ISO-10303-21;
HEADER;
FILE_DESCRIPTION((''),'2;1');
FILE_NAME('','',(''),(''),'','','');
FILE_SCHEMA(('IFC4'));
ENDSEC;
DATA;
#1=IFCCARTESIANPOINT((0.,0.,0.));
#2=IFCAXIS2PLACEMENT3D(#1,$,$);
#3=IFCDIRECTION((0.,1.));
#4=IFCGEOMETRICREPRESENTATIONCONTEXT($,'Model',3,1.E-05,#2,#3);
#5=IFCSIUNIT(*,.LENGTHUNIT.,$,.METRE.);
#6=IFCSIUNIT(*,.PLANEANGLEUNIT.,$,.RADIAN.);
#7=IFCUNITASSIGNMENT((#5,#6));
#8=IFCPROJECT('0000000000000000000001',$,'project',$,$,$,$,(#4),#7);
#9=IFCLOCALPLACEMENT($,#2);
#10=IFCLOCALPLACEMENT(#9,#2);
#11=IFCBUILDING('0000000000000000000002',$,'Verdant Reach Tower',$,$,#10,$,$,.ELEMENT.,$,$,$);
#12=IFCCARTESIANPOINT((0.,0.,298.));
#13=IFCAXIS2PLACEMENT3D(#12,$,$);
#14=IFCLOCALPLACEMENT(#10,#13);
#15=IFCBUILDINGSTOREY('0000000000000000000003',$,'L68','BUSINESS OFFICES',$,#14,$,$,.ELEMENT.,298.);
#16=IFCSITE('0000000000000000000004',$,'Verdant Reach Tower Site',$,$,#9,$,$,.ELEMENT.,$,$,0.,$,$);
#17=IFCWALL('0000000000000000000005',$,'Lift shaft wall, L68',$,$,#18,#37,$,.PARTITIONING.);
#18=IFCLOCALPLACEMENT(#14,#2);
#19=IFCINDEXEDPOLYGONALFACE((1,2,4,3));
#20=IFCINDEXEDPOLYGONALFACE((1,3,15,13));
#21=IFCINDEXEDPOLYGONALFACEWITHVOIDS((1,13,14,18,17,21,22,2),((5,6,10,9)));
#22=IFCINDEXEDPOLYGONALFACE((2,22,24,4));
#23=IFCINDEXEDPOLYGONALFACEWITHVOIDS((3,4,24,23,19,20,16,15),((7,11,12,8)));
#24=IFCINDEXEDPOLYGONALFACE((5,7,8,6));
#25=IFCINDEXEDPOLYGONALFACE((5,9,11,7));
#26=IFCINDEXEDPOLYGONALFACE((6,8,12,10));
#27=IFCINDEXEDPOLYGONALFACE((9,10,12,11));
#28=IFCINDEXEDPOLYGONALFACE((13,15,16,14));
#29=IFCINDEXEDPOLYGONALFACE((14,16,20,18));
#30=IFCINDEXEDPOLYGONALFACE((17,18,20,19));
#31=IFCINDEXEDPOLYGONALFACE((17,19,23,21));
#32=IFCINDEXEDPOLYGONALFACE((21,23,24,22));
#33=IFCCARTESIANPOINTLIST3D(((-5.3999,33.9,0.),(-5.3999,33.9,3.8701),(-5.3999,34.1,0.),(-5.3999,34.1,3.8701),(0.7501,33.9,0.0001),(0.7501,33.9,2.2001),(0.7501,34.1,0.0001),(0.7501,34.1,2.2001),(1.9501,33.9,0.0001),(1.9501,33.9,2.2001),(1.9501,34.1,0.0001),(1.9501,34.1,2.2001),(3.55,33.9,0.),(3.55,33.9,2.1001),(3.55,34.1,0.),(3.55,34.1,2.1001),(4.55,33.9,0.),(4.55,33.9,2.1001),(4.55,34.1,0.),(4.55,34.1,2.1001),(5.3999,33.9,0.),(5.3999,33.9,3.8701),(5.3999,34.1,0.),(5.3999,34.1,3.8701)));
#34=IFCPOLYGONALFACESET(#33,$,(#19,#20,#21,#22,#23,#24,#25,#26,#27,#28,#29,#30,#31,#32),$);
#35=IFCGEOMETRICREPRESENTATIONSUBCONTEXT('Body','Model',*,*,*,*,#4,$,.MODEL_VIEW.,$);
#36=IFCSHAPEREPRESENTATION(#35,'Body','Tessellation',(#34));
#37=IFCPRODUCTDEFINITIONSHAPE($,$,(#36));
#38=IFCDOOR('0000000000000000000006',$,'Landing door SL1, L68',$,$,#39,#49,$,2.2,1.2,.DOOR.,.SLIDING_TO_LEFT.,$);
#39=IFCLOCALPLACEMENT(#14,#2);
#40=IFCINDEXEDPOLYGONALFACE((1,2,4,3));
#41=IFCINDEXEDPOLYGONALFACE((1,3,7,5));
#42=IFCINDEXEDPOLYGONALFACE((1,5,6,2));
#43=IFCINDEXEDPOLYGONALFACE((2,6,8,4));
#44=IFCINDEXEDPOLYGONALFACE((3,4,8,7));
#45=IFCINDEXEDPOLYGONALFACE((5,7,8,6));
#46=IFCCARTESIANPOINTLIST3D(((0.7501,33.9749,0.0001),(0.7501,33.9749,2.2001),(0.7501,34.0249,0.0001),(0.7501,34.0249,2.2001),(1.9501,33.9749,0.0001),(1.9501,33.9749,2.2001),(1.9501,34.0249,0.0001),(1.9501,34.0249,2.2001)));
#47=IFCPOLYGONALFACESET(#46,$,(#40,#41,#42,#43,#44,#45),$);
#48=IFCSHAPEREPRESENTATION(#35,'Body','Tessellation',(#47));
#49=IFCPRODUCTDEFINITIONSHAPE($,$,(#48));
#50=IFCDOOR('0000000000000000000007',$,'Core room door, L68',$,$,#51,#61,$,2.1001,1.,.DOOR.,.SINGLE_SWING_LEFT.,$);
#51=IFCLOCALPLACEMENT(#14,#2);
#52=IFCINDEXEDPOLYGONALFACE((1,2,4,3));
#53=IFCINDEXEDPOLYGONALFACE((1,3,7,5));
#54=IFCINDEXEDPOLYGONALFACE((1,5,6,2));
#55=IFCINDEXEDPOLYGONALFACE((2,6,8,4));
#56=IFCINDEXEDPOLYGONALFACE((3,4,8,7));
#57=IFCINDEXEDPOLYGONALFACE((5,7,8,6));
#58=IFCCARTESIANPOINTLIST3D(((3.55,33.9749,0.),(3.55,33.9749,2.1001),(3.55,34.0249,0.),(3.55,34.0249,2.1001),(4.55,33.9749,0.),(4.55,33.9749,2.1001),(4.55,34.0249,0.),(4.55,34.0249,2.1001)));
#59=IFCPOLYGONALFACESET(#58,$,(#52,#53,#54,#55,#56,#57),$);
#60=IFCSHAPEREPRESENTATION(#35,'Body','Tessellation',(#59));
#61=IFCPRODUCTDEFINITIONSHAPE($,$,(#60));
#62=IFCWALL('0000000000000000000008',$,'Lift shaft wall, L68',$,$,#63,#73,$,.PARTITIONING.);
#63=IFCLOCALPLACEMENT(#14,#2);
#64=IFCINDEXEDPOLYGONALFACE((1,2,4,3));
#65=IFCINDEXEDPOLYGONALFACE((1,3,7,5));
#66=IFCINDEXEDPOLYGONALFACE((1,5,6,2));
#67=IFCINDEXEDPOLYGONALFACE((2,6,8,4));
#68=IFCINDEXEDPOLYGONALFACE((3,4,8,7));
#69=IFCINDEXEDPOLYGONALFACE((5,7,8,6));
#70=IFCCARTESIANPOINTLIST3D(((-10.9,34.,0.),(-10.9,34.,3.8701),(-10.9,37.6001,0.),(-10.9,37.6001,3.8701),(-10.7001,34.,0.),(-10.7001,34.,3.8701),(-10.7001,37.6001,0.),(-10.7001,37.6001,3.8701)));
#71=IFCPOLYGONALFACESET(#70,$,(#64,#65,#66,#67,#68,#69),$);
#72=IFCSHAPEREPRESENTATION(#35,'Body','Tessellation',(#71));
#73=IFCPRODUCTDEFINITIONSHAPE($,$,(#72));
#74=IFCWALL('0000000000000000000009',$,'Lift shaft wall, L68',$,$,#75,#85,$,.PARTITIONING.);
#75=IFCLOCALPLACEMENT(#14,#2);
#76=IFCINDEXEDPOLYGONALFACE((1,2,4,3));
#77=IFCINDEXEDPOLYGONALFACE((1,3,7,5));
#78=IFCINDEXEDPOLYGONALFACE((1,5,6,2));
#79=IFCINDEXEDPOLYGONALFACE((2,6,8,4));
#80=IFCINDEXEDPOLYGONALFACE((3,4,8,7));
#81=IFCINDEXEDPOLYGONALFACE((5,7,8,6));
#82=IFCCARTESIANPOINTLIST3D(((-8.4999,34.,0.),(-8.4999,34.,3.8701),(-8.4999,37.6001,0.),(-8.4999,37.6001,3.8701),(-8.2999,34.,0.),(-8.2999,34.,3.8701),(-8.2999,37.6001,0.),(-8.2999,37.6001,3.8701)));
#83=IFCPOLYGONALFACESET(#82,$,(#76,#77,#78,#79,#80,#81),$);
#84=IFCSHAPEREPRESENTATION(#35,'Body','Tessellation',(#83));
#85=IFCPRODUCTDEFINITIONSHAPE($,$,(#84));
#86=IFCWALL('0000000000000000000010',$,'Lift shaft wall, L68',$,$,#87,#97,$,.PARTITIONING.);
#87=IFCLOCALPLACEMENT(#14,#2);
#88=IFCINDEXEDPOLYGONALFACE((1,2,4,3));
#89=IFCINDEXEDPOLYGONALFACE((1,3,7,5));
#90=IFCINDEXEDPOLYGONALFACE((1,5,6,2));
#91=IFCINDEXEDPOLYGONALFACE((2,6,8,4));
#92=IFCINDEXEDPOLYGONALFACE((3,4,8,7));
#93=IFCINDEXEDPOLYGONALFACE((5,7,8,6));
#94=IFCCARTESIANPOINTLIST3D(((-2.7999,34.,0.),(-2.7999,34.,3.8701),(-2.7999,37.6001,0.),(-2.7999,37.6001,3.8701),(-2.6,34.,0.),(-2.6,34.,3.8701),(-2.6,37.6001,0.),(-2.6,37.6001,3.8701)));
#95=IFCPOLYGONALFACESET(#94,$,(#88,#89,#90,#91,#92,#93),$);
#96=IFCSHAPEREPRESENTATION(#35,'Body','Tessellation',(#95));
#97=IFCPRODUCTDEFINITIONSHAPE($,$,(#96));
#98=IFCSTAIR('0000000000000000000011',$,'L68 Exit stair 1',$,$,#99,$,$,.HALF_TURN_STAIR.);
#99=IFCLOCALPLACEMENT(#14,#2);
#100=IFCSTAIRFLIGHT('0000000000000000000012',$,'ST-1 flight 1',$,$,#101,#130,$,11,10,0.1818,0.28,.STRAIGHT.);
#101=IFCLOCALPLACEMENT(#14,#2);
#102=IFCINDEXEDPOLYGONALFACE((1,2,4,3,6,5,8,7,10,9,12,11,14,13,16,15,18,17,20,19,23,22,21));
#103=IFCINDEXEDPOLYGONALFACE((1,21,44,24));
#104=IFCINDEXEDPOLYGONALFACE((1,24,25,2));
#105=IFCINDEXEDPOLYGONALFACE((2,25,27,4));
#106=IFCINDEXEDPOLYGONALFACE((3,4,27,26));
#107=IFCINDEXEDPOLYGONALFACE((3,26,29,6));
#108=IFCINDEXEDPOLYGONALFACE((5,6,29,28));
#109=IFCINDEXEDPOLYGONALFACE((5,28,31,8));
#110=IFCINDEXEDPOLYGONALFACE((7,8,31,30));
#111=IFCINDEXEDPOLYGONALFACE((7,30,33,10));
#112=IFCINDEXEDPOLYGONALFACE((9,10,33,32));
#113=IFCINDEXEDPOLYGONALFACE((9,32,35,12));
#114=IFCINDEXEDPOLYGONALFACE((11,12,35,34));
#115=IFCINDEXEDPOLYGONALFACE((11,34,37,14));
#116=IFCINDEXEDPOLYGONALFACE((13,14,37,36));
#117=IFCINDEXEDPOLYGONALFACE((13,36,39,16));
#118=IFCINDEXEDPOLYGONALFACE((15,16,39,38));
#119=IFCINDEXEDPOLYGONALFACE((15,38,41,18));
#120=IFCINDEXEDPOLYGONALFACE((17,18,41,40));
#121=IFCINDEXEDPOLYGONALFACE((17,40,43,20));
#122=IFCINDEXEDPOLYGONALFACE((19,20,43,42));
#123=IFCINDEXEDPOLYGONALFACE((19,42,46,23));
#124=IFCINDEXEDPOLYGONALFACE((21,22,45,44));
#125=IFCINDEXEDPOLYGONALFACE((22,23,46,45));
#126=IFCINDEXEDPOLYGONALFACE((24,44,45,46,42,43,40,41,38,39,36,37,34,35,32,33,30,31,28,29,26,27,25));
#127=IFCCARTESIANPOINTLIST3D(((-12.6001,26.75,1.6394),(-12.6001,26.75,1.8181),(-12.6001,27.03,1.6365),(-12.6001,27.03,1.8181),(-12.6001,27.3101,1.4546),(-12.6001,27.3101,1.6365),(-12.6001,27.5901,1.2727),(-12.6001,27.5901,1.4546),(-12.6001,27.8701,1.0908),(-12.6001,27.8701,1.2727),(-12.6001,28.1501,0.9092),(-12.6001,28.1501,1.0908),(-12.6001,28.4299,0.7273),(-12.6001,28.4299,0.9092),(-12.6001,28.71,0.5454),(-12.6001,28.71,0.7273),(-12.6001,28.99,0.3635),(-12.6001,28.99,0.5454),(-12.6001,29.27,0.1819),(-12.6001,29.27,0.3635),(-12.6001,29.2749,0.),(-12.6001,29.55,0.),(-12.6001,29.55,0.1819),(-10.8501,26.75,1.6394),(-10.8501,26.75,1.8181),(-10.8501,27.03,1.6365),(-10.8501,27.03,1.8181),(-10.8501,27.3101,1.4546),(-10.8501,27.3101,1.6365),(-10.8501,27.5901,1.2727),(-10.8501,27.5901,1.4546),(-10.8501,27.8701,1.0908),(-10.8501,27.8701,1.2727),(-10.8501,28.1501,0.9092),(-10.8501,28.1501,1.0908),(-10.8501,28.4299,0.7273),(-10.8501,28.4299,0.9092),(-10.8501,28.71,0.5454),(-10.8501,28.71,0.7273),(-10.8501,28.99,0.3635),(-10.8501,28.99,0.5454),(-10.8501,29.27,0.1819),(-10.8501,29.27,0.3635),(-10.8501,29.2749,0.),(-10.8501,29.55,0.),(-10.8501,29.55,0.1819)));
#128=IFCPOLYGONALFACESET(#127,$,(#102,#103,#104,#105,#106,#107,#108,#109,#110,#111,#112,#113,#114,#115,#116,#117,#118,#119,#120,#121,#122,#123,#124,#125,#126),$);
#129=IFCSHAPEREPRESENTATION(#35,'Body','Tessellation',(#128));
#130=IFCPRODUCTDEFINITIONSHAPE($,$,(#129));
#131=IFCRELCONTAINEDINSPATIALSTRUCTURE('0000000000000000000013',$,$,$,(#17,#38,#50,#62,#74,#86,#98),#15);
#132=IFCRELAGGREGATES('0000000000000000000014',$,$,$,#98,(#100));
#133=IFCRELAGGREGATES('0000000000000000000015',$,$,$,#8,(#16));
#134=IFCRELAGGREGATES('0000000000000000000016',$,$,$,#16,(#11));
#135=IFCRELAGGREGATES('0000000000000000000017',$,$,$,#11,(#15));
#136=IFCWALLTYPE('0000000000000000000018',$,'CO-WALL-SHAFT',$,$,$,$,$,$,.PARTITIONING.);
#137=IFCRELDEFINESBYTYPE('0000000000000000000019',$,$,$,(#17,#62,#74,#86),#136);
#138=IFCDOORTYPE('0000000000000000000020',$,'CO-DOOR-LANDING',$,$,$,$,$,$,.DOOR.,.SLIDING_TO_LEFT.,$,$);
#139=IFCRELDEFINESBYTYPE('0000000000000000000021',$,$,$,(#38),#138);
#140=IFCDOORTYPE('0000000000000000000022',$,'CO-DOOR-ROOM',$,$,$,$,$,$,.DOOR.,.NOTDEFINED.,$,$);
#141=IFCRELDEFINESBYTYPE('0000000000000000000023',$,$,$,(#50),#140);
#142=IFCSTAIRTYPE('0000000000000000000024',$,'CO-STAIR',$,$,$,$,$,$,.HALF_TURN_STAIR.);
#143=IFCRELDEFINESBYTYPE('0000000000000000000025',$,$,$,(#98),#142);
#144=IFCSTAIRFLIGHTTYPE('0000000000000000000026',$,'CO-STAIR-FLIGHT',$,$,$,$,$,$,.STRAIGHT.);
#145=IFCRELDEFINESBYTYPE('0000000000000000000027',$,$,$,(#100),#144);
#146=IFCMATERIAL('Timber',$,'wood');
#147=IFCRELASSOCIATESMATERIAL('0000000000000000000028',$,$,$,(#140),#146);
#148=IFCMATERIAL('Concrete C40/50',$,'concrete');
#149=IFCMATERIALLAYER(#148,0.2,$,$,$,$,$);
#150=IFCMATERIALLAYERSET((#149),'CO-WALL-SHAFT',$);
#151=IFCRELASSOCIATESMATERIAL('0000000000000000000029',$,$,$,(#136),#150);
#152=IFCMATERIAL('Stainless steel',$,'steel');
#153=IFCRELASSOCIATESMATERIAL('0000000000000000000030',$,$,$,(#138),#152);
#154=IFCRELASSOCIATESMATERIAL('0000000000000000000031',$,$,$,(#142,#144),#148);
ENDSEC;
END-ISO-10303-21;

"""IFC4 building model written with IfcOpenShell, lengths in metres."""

from ifc_helpers import new_model, si_unit, direction, frame, frame_2d, origin, place, context, subcontext, project, spatial, polyline, rectangle, outline, extrude, material, layer, layer_set, type_object, element, fill, aggregate, save


model = new_model("IFC4")

# Units and contexts
model_context = context("Model", 3, precision=1e-05, world=origin(), true_north=direction((0.0, 1.0)))
body_context = subcontext(model_context, "Body", "Model", "MODEL_VIEW")
ifc_project = project(units=[si_unit("LENGTHUNIT", "METRE"), si_unit("PLANEANGLEUNIT", "RADIAN")], contexts=[model_context])

# Site, building, storey
site_placement = place(None, origin())
site = spatial("IfcSite", under=ifc_project, at=site_placement, Name="Verdant Reach Tower Site", CompositionType="ELEMENT", RefElevation=0.0)
building_placement = place(site_placement, origin())
building = spatial("IfcBuilding", under=site, at=building_placement, Name="Verdant Reach Tower", CompositionType="ELEMENT")
storey_placement = place(building_placement, frame((0.0, 0.0, 298.0)))
storey = spatial("IfcBuildingStorey", under=building, at=storey_placement, Name="L68", Description="BUSINESS OFFICES", CompositionType="ELEMENT", Elevation=298.0)

# Wall, openings, doors
ifc_material_1 = material(Name="Timber", Category="wood")
door_type_1 = type_object("IfcDoorType", Name="CO-DOOR-ROOM", OperationType="NOTDEFINED", PredefinedType="DOOR", material=ifc_material_1)
ifc_material_2 = material(Name="Concrete C40/50", Category="concrete")
ifc_layer_1 = layer(ifc_material_2, 0.2)
ifc_layer_set_1 = layer_set([ifc_layer_1], Name="CO-WALL-SHAFT")
wall_type_1 = type_object("IfcWallType", Name="CO-WALL-SHAFT", PredefinedType="PARTITIONING", material=ifc_layer_set_1)
ifc_material_3 = material(Name="Stainless steel", Category="steel")
wall_1_placement = place(storey_placement, frame((-5.3999, 34.0, 0.0), z_axis=(0.0, 0.0, 1.0), x_axis=(1.0, 0.0, 0.0)))
wall_1 = element("IfcWall", 1, at=wall_1_placement, inside=storey, type_object=wall_type_1, Name="Lift shaft wall, L68", PredefinedType="PARTITIONING", context=body_context, shape_type="SweptSolid", body=[
    extrude(rectangle(XDim=10.7998, YDim=0.2, at=frame_2d((5.3999, 0.0))), origin(), (0.0, 0.0, 1.0), 3.8701),
])
opening_1_placement = place(wall_1_placement, frame((6.1499, 0.0, 0.0)))
opening_1 = element("IfcOpeningElement", 2, at=opening_1_placement, cuts=wall_1, PredefinedType="OPENING", context=body_context, shape_type="SweptSolid", body=[
    extrude(rectangle(XDim=1.2, YDim=2.2, at=frame_2d((0.6001, 1.1001))), frame((0.0, 0.1099, 0.0), z_axis=(0.0, -1.0, 0.0), x_axis=(1.0, 0.0, 0.0)), (0.0, 0.0, 1.0), 0.22),
])
opening_2_placement = place(wall_1_placement, frame((8.95, 0.0, 0.0)))
opening_2 = element("IfcOpeningElement", 3, at=opening_2_placement, cuts=wall_1, PredefinedType="OPENING", context=body_context, shape_type="SweptSolid", body=[
    extrude(rectangle(XDim=1.0, YDim=2.1001, at=frame_2d((0.5, 1.05))), frame((0.0, 0.1099, 0.0), z_axis=(0.0, -1.0, 0.0), x_axis=(1.0, 0.0, 0.0)), (0.0, 0.0, 1.0), 0.22),
])
door_type_2 = type_object("IfcDoorType", Name="CO-DOOR-LANDING", OperationType="SLIDING_TO_LEFT", PredefinedType="DOOR", material=ifc_material_3)
door_1_placement = place(opening_1_placement, origin())
door_1 = element("IfcDoor", 4, at=door_1_placement, inside=storey, type_object=door_type_2, Name="Landing door SL1, L68", OperationType="SLIDING_TO_LEFT", OverallHeight=2.2, OverallWidth=1.2, PredefinedType="DOOR", context=body_context, shape_type="SweptSolid", body=[
    extrude(rectangle(XDim=1.2, YDim=2.2, at=frame_2d((0.6001, 1.1001))), frame((0.0, 0.0249, 0.0), z_axis=(0.0, -1.0, 0.0), x_axis=(1.0, 0.0, 0.0)), (0.0, 0.0, 1.0), 0.05),
])
fill(opening_1, door_1)
door_2_placement = place(opening_2_placement, origin())
door_2 = element("IfcDoor", 5, at=door_2_placement, inside=storey, type_object=door_type_1, Name="Core room door, L68", OperationType="SINGLE_SWING_LEFT", OverallHeight=2.1001, OverallWidth=1.0, PredefinedType="DOOR", context=body_context, shape_type="SweptSolid", body=[
    extrude(rectangle(XDim=1.0, YDim=2.1001, at=frame_2d((0.5, 1.05))), frame((0.0, 0.0249, 0.0), z_axis=(0.0, -1.0, 0.0), x_axis=(1.0, 0.0, 0.0)), (0.0, 0.0, 1.0), 0.05),
])
fill(opening_2, door_2)

# Walls
for number, where, z_axis, x_axis, name in (
    (6, (-10.8, 34.0, 0.0), (0.0, 0.0, 1.0), (0.0, 1.0, 0.0), "Lift shaft wall, L68"),
    (7, (-8.3999, 34.0, 0.0), (0.0, 0.0, 1.0), (0.0, 1.0, 0.0), "Lift shaft wall, L68"),
    (8, (-2.7, 34.0, 0.0), (0.0, 0.0, 1.0), (0.0, 1.0, 0.0), "Lift shaft wall, L68"),
):
    element("IfcWall", number, at=place(storey_placement, frame(where, z_axis=z_axis, x_axis=x_axis)), inside=storey, type_object=wall_type_1, Name=name, PredefinedType="PARTITIONING", context=body_context, shape_type="SweptSolid", body=[
        extrude(rectangle(XDim=3.6001, YDim=0.2, at=frame_2d((1.8, 0.0))), origin(), (0.0, 0.0, 1.0), 3.8701),
    ])

# Stair, stair flight
stair_type = type_object("IfcStairType", Name="CO-STAIR", PredefinedType="HALF_TURN_STAIR", material=ifc_material_2)
stair_placement = place(storey_placement, origin())
stair = element("IfcStair", 9, at=stair_placement, inside=storey, type_object=stair_type, Name="L68 Exit stair 1", PredefinedType="HALF_TURN_STAIR")
stair_flight_type = type_object("IfcStairFlightType", Name="CO-STAIR-FLIGHT", PredefinedType="STRAIGHT", material=ifc_material_2)
stair_flight_placement = place(storey_placement, frame((-11.7251, 29.55, 0.0), z_axis=(0.0, 0.0, 1.0), x_axis=(0.0, -1.0, 0.0)))
stair_flight = element("IfcStairFlight", 10, at=stair_flight_placement, type_object=stair_flight_type, Name="ST-1 flight 1", NumberOfRisers=11, NumberOfTreads=10, PredefinedType="STRAIGHT", RiserHeight=0.1818, TreadLength=0.28, context=body_context, shape_type="SweptSolid", body=[
    extrude(outline(polyline([(0.0, 0.0), (0.0, 0.1819), (0.28, 0.1819), (0.28, 0.3635), (0.5601, 0.3635), (0.5601, 0.5454), (0.8401, 0.5454), (0.8401, 0.7273), (1.1201, 0.7273), (1.1201, 0.9092), (1.3999, 0.9092), (1.3999, 1.0908), (1.6799, 1.0908), (1.6799, 1.2727), (1.96, 1.2727), (1.96, 1.4546), (2.24, 1.4546), (2.24, 1.6365), (2.52, 1.6365), (2.52, 1.8181), (2.8, 1.8181), (2.8, 2.0), (2.8, 1.6394), (0.2751, 0.0), (0.0, 0.0)])), frame((0.0, 0.875, 0.0), z_axis=(0.0, -1.0, 0.0), x_axis=(1.0, 0.0, 0.0)), (0.0, 0.0, 1.0), 1.75),
])
aggregate(stair, [stair_flight])

save(model, "model.ifc")
